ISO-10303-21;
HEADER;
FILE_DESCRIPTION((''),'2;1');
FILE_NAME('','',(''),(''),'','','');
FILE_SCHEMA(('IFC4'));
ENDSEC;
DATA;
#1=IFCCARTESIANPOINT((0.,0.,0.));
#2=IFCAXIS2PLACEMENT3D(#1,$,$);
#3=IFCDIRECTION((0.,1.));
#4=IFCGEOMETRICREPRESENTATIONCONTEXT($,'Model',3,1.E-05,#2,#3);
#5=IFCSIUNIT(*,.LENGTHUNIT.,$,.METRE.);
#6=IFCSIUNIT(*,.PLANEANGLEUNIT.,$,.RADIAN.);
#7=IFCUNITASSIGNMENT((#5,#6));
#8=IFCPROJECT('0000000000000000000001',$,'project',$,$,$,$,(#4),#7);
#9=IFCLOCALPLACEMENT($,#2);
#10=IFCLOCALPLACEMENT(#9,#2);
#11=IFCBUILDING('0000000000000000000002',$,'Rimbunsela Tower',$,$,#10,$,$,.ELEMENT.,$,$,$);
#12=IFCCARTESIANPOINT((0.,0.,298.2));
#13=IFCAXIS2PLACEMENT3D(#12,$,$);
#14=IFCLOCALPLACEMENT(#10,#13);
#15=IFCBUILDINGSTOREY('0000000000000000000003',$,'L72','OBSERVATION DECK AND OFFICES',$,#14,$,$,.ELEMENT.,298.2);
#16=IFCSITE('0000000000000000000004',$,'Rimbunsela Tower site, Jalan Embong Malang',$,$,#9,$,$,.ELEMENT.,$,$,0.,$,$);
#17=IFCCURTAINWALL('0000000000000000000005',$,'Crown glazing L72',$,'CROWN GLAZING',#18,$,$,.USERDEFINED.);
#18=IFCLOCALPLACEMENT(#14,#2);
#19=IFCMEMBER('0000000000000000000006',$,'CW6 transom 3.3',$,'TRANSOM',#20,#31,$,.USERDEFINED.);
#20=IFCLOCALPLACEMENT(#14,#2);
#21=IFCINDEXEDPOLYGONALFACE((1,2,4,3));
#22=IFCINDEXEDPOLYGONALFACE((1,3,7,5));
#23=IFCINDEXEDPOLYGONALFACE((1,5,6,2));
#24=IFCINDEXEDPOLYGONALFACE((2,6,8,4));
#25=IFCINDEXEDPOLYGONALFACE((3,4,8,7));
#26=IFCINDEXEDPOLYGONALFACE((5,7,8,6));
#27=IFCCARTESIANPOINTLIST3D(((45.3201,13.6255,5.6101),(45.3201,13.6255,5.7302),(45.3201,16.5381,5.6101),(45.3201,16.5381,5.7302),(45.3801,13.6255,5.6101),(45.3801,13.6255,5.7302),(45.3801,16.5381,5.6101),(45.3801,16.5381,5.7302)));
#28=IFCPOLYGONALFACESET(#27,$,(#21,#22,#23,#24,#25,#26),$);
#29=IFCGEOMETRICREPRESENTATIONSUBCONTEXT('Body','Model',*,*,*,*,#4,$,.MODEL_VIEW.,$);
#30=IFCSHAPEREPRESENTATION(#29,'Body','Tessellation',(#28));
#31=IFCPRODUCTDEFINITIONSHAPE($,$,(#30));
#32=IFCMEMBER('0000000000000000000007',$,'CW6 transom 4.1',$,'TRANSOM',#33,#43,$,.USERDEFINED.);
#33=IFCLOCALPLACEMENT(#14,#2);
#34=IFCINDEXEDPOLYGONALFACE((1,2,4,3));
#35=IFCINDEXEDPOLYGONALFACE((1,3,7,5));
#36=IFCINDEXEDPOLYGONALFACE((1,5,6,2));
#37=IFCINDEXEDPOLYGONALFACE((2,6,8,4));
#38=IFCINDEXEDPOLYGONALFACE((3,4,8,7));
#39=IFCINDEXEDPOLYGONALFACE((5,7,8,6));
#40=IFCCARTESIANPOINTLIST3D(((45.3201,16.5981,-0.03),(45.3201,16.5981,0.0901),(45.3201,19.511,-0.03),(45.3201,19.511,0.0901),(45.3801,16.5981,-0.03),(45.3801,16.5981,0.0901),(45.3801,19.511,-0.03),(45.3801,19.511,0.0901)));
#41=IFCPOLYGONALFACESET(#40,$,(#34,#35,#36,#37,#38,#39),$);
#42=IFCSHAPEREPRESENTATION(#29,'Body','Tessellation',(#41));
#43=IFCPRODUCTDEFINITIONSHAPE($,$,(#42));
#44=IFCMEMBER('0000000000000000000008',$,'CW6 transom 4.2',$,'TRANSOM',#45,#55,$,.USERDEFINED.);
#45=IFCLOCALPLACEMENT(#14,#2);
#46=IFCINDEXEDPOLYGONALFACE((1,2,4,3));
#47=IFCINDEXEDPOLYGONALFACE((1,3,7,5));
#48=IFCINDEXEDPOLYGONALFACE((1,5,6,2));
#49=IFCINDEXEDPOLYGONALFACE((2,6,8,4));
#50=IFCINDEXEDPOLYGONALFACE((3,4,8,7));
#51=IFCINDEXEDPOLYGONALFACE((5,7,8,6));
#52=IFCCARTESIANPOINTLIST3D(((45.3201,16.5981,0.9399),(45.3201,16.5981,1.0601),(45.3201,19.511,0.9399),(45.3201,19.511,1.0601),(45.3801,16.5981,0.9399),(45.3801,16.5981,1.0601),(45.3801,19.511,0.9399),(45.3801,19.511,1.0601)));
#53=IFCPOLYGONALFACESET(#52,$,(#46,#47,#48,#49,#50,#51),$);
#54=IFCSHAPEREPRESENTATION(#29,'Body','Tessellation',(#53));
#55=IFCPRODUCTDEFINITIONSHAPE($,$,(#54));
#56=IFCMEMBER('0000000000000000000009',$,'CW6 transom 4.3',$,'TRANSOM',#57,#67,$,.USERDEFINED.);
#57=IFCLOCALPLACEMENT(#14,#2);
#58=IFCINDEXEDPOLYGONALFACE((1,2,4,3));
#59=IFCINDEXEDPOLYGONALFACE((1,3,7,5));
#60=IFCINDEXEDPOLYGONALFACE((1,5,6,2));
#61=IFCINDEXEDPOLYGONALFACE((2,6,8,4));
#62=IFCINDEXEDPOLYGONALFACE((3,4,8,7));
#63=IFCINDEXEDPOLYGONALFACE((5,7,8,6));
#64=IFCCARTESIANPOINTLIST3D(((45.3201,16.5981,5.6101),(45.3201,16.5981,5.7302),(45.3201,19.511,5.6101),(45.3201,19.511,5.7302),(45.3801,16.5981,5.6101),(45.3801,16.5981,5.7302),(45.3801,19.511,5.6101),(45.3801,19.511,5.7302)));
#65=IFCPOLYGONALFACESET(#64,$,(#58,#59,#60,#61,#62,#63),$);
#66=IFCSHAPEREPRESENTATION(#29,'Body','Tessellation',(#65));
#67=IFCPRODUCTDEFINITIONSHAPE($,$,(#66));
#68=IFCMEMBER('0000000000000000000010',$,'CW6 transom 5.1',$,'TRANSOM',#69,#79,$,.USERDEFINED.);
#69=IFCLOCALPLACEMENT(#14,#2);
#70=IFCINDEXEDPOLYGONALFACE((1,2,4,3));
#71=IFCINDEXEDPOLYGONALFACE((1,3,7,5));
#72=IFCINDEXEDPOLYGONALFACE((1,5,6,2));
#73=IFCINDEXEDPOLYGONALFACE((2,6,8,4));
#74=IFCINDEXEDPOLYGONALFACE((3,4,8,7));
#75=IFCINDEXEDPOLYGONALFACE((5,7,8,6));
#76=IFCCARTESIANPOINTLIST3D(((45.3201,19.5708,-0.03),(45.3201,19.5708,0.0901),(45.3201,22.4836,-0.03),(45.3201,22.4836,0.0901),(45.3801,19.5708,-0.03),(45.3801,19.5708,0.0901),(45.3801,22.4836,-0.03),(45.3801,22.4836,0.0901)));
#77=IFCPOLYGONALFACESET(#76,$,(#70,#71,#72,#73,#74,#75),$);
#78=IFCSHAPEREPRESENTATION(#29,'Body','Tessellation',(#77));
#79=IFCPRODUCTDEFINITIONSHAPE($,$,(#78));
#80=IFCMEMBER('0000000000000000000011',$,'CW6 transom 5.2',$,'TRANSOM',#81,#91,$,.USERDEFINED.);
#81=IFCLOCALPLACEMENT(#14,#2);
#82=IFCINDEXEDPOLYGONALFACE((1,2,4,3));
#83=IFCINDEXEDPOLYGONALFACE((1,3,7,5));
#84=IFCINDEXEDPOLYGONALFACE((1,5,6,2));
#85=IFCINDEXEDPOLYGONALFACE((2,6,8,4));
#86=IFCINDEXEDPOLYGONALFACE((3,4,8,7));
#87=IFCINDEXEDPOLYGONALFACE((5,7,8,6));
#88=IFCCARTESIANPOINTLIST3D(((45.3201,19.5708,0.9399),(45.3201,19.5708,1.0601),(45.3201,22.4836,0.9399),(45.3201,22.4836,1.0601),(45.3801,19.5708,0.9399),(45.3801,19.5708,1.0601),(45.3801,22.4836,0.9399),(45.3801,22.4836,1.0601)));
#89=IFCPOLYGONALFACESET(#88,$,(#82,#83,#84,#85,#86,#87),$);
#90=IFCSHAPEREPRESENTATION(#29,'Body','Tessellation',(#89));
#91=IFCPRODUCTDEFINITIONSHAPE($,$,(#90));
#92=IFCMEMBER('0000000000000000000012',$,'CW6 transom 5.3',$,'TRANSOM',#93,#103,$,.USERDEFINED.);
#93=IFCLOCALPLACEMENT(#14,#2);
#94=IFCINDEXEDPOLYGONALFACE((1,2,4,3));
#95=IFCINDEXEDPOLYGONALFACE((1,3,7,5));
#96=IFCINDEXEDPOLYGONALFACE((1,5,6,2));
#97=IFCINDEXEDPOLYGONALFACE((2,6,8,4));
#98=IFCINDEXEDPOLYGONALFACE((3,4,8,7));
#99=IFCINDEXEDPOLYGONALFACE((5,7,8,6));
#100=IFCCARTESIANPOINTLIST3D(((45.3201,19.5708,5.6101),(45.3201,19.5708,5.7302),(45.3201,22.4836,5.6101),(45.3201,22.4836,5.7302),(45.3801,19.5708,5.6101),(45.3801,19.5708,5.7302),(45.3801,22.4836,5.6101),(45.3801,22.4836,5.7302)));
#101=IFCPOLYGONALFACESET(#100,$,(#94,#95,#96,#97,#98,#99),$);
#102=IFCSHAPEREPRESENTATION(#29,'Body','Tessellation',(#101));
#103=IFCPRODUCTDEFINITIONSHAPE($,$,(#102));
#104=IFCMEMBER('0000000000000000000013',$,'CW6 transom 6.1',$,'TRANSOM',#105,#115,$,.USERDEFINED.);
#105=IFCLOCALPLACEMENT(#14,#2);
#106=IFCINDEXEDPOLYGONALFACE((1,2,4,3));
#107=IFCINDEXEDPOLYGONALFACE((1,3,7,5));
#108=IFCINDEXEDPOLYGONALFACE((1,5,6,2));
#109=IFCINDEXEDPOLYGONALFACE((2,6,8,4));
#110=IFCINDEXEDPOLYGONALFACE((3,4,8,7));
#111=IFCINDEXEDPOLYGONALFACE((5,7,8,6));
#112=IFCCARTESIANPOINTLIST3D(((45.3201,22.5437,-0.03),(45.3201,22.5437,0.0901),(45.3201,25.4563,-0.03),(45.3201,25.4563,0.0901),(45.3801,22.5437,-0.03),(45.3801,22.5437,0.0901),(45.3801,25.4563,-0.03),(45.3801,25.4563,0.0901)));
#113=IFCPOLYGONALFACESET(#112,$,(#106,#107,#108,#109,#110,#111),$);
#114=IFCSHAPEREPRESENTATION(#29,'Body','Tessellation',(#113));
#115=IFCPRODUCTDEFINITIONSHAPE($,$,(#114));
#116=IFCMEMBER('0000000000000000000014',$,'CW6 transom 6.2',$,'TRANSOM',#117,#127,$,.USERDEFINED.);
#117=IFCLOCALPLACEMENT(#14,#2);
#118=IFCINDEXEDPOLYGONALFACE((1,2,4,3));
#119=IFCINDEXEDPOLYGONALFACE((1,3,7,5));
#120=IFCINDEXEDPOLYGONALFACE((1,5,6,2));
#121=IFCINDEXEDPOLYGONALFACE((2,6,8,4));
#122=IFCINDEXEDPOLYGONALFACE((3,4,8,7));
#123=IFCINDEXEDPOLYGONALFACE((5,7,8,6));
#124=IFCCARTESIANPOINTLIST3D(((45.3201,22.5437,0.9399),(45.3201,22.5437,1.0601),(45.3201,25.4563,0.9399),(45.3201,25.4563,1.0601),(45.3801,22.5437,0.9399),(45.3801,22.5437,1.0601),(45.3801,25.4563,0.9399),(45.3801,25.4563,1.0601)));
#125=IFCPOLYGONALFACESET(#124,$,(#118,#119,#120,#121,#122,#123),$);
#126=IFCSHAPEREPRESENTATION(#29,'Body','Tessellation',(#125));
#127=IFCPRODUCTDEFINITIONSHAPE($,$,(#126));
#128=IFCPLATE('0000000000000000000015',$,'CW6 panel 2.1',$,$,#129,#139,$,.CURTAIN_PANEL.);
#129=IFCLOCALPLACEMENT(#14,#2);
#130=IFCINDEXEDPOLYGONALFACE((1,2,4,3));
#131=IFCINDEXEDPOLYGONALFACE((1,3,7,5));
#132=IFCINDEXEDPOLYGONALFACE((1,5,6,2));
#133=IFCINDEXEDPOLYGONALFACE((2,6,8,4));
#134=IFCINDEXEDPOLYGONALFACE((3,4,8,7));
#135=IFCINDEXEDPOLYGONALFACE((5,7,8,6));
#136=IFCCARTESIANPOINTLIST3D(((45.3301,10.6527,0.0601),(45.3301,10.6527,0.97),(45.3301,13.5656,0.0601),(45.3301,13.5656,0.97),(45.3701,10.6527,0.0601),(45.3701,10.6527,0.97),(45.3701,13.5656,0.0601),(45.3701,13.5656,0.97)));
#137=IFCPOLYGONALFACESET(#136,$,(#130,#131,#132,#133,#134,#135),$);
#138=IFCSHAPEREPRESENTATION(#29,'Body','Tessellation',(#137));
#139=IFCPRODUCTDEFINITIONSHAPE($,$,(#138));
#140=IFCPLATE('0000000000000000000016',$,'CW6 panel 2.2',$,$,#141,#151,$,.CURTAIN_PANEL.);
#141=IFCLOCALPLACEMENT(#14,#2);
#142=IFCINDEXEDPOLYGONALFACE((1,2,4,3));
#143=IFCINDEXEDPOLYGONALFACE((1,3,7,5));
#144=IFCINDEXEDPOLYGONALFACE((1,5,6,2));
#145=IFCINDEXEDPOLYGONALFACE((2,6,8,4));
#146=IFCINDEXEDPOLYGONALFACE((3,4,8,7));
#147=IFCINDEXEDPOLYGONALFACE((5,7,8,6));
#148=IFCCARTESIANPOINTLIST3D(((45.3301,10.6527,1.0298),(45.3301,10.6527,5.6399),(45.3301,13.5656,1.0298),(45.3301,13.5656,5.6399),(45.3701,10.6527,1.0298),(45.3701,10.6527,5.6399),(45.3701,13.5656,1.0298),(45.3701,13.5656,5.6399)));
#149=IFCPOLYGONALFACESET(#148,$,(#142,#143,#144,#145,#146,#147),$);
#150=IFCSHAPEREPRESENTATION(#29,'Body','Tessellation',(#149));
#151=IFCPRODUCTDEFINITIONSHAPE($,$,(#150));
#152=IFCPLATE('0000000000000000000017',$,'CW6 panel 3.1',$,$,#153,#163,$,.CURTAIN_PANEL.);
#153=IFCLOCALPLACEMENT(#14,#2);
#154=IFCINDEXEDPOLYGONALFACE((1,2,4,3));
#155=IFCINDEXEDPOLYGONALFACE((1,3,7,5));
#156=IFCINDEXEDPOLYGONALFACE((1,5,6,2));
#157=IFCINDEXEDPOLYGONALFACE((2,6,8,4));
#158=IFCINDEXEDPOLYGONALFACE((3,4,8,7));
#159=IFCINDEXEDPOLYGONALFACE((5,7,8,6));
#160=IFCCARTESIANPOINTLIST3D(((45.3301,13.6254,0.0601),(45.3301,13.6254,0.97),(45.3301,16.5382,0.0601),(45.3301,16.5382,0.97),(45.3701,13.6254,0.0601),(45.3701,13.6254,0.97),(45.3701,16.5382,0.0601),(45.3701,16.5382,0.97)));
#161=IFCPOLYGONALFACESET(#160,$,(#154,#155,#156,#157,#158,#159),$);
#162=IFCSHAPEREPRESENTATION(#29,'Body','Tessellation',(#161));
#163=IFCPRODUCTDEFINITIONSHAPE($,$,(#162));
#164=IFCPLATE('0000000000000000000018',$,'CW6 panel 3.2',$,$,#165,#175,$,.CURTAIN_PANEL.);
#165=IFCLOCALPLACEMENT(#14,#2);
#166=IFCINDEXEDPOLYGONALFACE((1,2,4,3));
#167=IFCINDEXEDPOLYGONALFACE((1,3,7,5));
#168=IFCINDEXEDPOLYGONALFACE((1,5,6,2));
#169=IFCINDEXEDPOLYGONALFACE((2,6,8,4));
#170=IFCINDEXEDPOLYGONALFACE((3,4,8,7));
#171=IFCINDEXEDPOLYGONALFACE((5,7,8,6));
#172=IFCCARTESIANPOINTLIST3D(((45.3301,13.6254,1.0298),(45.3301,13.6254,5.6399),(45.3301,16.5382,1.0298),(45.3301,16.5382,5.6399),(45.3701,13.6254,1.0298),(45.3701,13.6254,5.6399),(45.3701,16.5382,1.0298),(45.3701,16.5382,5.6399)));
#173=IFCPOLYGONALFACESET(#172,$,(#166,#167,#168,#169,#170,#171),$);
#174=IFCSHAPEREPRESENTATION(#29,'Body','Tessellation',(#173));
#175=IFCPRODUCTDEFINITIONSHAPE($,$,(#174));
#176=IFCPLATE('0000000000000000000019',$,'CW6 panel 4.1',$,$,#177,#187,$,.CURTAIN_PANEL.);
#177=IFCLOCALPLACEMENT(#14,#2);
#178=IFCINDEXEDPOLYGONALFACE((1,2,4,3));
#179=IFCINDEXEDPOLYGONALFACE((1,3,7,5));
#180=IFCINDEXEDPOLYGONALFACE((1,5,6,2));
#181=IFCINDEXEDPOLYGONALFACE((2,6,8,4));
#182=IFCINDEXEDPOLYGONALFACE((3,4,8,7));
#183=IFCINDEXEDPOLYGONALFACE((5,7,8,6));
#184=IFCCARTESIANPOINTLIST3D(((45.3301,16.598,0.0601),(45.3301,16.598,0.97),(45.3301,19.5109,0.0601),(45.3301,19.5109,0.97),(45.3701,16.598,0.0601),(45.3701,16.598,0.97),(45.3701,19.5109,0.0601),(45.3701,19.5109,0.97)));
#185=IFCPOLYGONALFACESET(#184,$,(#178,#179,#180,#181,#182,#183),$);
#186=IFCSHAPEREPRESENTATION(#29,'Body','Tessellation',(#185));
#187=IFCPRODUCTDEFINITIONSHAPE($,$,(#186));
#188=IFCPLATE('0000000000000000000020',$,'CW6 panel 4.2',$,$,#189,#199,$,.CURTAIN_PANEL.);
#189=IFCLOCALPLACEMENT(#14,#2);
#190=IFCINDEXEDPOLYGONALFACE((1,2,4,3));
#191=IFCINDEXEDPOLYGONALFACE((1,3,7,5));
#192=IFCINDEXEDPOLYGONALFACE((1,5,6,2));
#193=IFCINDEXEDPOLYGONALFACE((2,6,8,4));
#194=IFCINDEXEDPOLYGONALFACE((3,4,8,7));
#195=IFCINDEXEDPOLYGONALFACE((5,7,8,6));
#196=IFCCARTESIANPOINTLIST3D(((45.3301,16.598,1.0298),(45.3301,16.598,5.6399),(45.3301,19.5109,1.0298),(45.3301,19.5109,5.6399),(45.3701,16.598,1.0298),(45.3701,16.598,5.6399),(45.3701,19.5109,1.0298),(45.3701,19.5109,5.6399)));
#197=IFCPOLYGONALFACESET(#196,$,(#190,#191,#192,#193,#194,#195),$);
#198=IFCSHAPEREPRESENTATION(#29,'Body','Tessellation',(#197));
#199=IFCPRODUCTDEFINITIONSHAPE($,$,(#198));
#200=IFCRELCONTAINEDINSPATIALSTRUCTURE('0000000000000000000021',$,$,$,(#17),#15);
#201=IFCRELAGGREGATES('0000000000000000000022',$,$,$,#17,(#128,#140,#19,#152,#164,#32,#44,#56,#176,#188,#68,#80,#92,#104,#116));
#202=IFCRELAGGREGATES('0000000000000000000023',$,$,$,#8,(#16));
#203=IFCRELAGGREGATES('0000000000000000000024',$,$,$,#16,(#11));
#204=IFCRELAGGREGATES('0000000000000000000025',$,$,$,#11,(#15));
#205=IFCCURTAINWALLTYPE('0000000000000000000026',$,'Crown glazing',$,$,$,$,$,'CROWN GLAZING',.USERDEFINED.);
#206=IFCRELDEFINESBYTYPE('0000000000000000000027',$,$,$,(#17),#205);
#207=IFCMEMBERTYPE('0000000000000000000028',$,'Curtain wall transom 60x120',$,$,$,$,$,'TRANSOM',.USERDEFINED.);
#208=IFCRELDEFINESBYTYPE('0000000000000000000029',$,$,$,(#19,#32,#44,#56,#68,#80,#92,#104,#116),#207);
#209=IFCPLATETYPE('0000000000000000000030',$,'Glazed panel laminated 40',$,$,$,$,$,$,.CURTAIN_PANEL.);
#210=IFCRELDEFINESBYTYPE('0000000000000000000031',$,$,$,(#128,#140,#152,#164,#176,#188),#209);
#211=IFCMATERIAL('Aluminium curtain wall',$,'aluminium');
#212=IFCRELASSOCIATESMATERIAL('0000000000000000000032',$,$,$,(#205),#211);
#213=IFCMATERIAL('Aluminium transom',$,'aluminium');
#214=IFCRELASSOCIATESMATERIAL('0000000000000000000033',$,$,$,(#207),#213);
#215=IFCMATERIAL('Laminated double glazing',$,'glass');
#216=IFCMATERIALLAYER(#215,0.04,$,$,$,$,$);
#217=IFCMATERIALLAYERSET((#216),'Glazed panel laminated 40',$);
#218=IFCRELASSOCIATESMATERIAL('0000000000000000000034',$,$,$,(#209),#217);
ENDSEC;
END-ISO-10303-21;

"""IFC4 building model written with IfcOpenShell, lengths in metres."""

from ifc_helpers import new_model, si_unit, direction, frame, origin, origin_2d, place, context, subcontext, project, spatial, rectangle, extrude, material, layer, layer_set, material_profile, profile_set, type_object, element, aggregate, save


model = new_model("IFC4")

# Units and contexts
model_context = context("Model", 3, precision=1e-05, world=origin(), true_north=direction((0.0, 1.0)))
body_context = subcontext(model_context, "Body", "Model", "MODEL_VIEW")
ifc_project = project(units=[si_unit("LENGTHUNIT", "METRE"), si_unit("PLANEANGLEUNIT", "RADIAN")], contexts=[model_context])

# Site, building, storey
site_placement = place(None, origin())
site = spatial("IfcSite", under=ifc_project, at=site_placement, Name="Rimbunsela Tower site, Jalan Embong Malang", CompositionType="ELEMENT", RefElevation=0.0)
building_placement = place(site_placement, origin())
building = spatial("IfcBuilding", under=site, at=building_placement, Name="Rimbunsela Tower", CompositionType="ELEMENT")
storey_placement = place(building_placement, frame((0.0, 0.0, 298.2)))
storey = spatial("IfcBuildingStorey", under=building, at=storey_placement, Name="L72", Description="OBSERVATION DECK AND OFFICES", CompositionType="ELEMENT", Elevation=298.2)

# Curtain wall, members, plates
ifc_material_1 = material(Name="Aluminium curtain wall", Category="aluminium")
curtain_wall_type = type_object("IfcCurtainWallType", Name="Crown glazing", ElementType="CROWN GLAZING", PredefinedType="USERDEFINED", material=ifc_material_1)
curtain_wall_placement = place(storey_placement, origin())
curtain_wall = element("IfcCurtainWall", 1, at=curtain_wall_placement, inside=storey, type_object=curtain_wall_type, Name="Crown glazing L72", ObjectType="CROWN GLAZING", PredefinedType="USERDEFINED")
ifc_material_2 = material(Name="Aluminium transom", Category="aluminium")
ifc_material_profile_1 = material_profile(ifc_material_2, rectangle(XDim=0.0601, YDim=0.1201, at=origin_2d()), Name="Transom 60x120")
ifc_profile_set_1 = profile_set([ifc_material_profile_1], Name="Aluminium transom")
member_type_1 = type_object("IfcMemberType", Name="Curtain wall transom 60x120", ElementType="TRANSOM", PredefinedType="USERDEFINED", material=ifc_profile_set_1)
member_1_placement = place(storey_placement, frame((45.3501, 13.6255, 5.6702), z_axis=(0.0, 1.0, 0.0), x_axis=(-1.0, 0.0, 0.0)))
member_1 = element("IfcMember", 2, at=member_1_placement, type_object=member_type_1, Name="CW6 transom 3.3", ObjectType="TRANSOM", PredefinedType="USERDEFINED", context=body_context, shape_type="SweptSolid", body=[
    extrude(rectangle(XDim=0.0601, YDim=0.1201, at=origin_2d()), origin(), (0.0, 0.0, 1.0), 2.9126),
])
member_2_placement = place(storey_placement, frame((45.3501, 16.5981, 0.03), z_axis=(0.0, 1.0, 0.0), x_axis=(-1.0, 0.0, 0.0)))
member_2 = element("IfcMember", 3, at=member_2_placement, type_object=member_type_1, Name="CW6 transom 4.1", ObjectType="TRANSOM", PredefinedType="USERDEFINED", context=body_context, shape_type="SweptSolid", body=[
    extrude(rectangle(XDim=0.0601, YDim=0.1201, at=origin_2d()), origin(), (0.0, 0.0, 1.0), 2.9128),
])
member_3_placement = place(storey_placement, frame((45.3501, 16.5981, 1.0), z_axis=(0.0, 1.0, 0.0), x_axis=(-1.0, 0.0, 0.0)))
member_3 = element("IfcMember", 4, at=member_3_placement, type_object=member_type_1, Name="CW6 transom 4.2", ObjectType="TRANSOM", PredefinedType="USERDEFINED", context=body_context, shape_type="SweptSolid", body=[
    extrude(rectangle(XDim=0.0601, YDim=0.1201, at=origin_2d()), origin(), (0.0, 0.0, 1.0), 2.9128),
])
member_4_placement = place(storey_placement, frame((45.3501, 16.5981, 5.6702), z_axis=(0.0, 1.0, 0.0), x_axis=(-1.0, 0.0, 0.0)))
member_4 = element("IfcMember", 5, at=member_4_placement, type_object=member_type_1, Name="CW6 transom 4.3", ObjectType="TRANSOM", PredefinedType="USERDEFINED", context=body_context, shape_type="SweptSolid", body=[
    extrude(rectangle(XDim=0.0601, YDim=0.1201, at=origin_2d()), origin(), (0.0, 0.0, 1.0), 2.9128),
])
member_5_placement = place(storey_placement, frame((45.3501, 19.5708, 0.03), z_axis=(0.0, 1.0, 0.0), x_axis=(-1.0, 0.0, 0.0)))
member_5 = element("IfcMember", 6, at=member_5_placement, type_object=member_type_1, Name="CW6 transom 5.1", ObjectType="TRANSOM", PredefinedType="USERDEFINED", context=body_context, shape_type="SweptSolid", body=[
    extrude(rectangle(XDim=0.0601, YDim=0.1201, at=origin_2d()), origin(), (0.0, 0.0, 1.0), 2.9128),
])
member_6_placement = place(storey_placement, frame((45.3501, 19.5708, 1.0), z_axis=(0.0, 1.0, 0.0), x_axis=(-1.0, 0.0, 0.0)))
member_6 = element("IfcMember", 7, at=member_6_placement, type_object=member_type_1, Name="CW6 transom 5.2", ObjectType="TRANSOM", PredefinedType="USERDEFINED", context=body_context, shape_type="SweptSolid", body=[
    extrude(rectangle(XDim=0.0601, YDim=0.1201, at=origin_2d()), origin(), (0.0, 0.0, 1.0), 2.9128),
])
member_7_placement = place(storey_placement, frame((45.3501, 19.5708, 5.6702), z_axis=(0.0, 1.0, 0.0), x_axis=(-1.0, 0.0, 0.0)))
member_7 = element("IfcMember", 8, at=member_7_placement, type_object=member_type_1, Name="CW6 transom 5.3", ObjectType="TRANSOM", PredefinedType="USERDEFINED", context=body_context, shape_type="SweptSolid", body=[
    extrude(rectangle(XDim=0.0601, YDim=0.1201, at=origin_2d()), origin(), (0.0, 0.0, 1.0), 2.9128),
])
member_8_placement = place(storey_placement, frame((45.3501, 22.5437, 0.03), z_axis=(0.0, 1.0, 0.0), x_axis=(-1.0, 0.0, 0.0)))
member_8 = element("IfcMember", 9, at=member_8_placement, type_object=member_type_1, Name="CW6 transom 6.1", ObjectType="TRANSOM", PredefinedType="USERDEFINED", context=body_context, shape_type="SweptSolid", body=[
    extrude(rectangle(XDim=0.0601, YDim=0.1201, at=origin_2d()), origin(), (0.0, 0.0, 1.0), 2.9126),
])
member_9_placement = place(storey_placement, frame((45.3501, 22.5437, 1.0), z_axis=(0.0, 1.0, 0.0), x_axis=(-1.0, 0.0, 0.0)))
member_9 = element("IfcMember", 10, at=member_9_placement, type_object=member_type_1, Name="CW6 transom 6.2", ObjectType="TRANSOM", PredefinedType="USERDEFINED", context=body_context, shape_type="SweptSolid", body=[
    extrude(rectangle(XDim=0.0601, YDim=0.1201, at=origin_2d()), origin(), (0.0, 0.0, 1.0), 2.9126),
])
ifc_material_3 = material(Name="Laminated double glazing", Category="glass")
ifc_layer_1 = layer(ifc_material_3, 0.04)
ifc_layer_set_1 = layer_set([ifc_layer_1], Name="Glazed panel laminated 40")
plate_type = type_object("IfcPlateType", Name="Glazed panel laminated 40", PredefinedType="CURTAIN_PANEL", material=ifc_layer_set_1)
plate_1_placement = place(storey_placement, frame((45.3501, 12.1091, 0.0601), z_axis=(0.0, 0.0, 1.0), x_axis=(0.0, 1.0, 0.0)))
plate_1 = element("IfcPlate", 11, at=plate_1_placement, type_object=plate_type, Name="CW6 panel 2.1", PredefinedType="CURTAIN_PANEL", context=body_context, shape_type="SweptSolid", body=[
    extrude(rectangle(XDim=2.9128, YDim=0.04, at=origin_2d()), origin(), (0.0, 0.0, 1.0), 0.9099),
])
plate_2_placement = place(storey_placement, frame((45.3501, 12.1091, 1.0298), z_axis=(0.0, 0.0, 1.0), x_axis=(0.0, 1.0, 0.0)))
plate_2 = element("IfcPlate", 12, at=plate_2_placement, type_object=plate_type, Name="CW6 panel 2.2", PredefinedType="CURTAIN_PANEL", context=body_context, shape_type="SweptSolid", body=[
    extrude(rectangle(XDim=2.9128, YDim=0.04, at=origin_2d()), origin(), (0.0, 0.0, 1.0), 4.6101),
])
plate_3_placement = place(storey_placement, frame((45.3501, 15.0818, 0.0601), z_axis=(0.0, 0.0, 1.0), x_axis=(0.0, 1.0, 0.0)))
plate_3 = element("IfcPlate", 13, at=plate_3_placement, type_object=plate_type, Name="CW6 panel 3.1", PredefinedType="CURTAIN_PANEL", context=body_context, shape_type="SweptSolid", body=[
    extrude(rectangle(XDim=2.9128, YDim=0.04, at=origin_2d()), origin(), (0.0, 0.0, 1.0), 0.9099),
])
plate_4_placement = place(storey_placement, frame((45.3501, 15.0818, 1.0298), z_axis=(0.0, 0.0, 1.0), x_axis=(0.0, 1.0, 0.0)))
plate_4 = element("IfcPlate", 14, at=plate_4_placement, type_object=plate_type, Name="CW6 panel 3.2", PredefinedType="CURTAIN_PANEL", context=body_context, shape_type="SweptSolid", body=[
    extrude(rectangle(XDim=2.9128, YDim=0.04, at=origin_2d()), origin(), (0.0, 0.0, 1.0), 4.6101),
])
plate_5_placement = place(storey_placement, frame((45.3501, 18.0544, 0.0601), z_axis=(0.0, 0.0, 1.0), x_axis=(0.0, 1.0, 0.0)))
plate_5 = element("IfcPlate", 15, at=plate_5_placement, type_object=plate_type, Name="CW6 panel 4.1", PredefinedType="CURTAIN_PANEL", context=body_context, shape_type="SweptSolid", body=[
    extrude(rectangle(XDim=2.9128, YDim=0.04, at=origin_2d()), origin(), (0.0, 0.0, 1.0), 0.9099),
])
plate_6_placement = place(storey_placement, frame((45.3501, 18.0544, 1.0298), z_axis=(0.0, 0.0, 1.0), x_axis=(0.0, 1.0, 0.0)))
plate_6 = element("IfcPlate", 16, at=plate_6_placement, type_object=plate_type, Name="CW6 panel 4.2", PredefinedType="CURTAIN_PANEL", context=body_context, shape_type="SweptSolid", body=[
    extrude(rectangle(XDim=2.9128, YDim=0.04, at=origin_2d()), origin(), (0.0, 0.0, 1.0), 4.6101),
])
aggregate(curtain_wall, [plate_1, plate_2, member_1, plate_3, plate_4, member_2, member_3, member_4, plate_5, plate_6, member_5, member_6, member_7, member_8, member_9])

save(model, "model.ifc")
